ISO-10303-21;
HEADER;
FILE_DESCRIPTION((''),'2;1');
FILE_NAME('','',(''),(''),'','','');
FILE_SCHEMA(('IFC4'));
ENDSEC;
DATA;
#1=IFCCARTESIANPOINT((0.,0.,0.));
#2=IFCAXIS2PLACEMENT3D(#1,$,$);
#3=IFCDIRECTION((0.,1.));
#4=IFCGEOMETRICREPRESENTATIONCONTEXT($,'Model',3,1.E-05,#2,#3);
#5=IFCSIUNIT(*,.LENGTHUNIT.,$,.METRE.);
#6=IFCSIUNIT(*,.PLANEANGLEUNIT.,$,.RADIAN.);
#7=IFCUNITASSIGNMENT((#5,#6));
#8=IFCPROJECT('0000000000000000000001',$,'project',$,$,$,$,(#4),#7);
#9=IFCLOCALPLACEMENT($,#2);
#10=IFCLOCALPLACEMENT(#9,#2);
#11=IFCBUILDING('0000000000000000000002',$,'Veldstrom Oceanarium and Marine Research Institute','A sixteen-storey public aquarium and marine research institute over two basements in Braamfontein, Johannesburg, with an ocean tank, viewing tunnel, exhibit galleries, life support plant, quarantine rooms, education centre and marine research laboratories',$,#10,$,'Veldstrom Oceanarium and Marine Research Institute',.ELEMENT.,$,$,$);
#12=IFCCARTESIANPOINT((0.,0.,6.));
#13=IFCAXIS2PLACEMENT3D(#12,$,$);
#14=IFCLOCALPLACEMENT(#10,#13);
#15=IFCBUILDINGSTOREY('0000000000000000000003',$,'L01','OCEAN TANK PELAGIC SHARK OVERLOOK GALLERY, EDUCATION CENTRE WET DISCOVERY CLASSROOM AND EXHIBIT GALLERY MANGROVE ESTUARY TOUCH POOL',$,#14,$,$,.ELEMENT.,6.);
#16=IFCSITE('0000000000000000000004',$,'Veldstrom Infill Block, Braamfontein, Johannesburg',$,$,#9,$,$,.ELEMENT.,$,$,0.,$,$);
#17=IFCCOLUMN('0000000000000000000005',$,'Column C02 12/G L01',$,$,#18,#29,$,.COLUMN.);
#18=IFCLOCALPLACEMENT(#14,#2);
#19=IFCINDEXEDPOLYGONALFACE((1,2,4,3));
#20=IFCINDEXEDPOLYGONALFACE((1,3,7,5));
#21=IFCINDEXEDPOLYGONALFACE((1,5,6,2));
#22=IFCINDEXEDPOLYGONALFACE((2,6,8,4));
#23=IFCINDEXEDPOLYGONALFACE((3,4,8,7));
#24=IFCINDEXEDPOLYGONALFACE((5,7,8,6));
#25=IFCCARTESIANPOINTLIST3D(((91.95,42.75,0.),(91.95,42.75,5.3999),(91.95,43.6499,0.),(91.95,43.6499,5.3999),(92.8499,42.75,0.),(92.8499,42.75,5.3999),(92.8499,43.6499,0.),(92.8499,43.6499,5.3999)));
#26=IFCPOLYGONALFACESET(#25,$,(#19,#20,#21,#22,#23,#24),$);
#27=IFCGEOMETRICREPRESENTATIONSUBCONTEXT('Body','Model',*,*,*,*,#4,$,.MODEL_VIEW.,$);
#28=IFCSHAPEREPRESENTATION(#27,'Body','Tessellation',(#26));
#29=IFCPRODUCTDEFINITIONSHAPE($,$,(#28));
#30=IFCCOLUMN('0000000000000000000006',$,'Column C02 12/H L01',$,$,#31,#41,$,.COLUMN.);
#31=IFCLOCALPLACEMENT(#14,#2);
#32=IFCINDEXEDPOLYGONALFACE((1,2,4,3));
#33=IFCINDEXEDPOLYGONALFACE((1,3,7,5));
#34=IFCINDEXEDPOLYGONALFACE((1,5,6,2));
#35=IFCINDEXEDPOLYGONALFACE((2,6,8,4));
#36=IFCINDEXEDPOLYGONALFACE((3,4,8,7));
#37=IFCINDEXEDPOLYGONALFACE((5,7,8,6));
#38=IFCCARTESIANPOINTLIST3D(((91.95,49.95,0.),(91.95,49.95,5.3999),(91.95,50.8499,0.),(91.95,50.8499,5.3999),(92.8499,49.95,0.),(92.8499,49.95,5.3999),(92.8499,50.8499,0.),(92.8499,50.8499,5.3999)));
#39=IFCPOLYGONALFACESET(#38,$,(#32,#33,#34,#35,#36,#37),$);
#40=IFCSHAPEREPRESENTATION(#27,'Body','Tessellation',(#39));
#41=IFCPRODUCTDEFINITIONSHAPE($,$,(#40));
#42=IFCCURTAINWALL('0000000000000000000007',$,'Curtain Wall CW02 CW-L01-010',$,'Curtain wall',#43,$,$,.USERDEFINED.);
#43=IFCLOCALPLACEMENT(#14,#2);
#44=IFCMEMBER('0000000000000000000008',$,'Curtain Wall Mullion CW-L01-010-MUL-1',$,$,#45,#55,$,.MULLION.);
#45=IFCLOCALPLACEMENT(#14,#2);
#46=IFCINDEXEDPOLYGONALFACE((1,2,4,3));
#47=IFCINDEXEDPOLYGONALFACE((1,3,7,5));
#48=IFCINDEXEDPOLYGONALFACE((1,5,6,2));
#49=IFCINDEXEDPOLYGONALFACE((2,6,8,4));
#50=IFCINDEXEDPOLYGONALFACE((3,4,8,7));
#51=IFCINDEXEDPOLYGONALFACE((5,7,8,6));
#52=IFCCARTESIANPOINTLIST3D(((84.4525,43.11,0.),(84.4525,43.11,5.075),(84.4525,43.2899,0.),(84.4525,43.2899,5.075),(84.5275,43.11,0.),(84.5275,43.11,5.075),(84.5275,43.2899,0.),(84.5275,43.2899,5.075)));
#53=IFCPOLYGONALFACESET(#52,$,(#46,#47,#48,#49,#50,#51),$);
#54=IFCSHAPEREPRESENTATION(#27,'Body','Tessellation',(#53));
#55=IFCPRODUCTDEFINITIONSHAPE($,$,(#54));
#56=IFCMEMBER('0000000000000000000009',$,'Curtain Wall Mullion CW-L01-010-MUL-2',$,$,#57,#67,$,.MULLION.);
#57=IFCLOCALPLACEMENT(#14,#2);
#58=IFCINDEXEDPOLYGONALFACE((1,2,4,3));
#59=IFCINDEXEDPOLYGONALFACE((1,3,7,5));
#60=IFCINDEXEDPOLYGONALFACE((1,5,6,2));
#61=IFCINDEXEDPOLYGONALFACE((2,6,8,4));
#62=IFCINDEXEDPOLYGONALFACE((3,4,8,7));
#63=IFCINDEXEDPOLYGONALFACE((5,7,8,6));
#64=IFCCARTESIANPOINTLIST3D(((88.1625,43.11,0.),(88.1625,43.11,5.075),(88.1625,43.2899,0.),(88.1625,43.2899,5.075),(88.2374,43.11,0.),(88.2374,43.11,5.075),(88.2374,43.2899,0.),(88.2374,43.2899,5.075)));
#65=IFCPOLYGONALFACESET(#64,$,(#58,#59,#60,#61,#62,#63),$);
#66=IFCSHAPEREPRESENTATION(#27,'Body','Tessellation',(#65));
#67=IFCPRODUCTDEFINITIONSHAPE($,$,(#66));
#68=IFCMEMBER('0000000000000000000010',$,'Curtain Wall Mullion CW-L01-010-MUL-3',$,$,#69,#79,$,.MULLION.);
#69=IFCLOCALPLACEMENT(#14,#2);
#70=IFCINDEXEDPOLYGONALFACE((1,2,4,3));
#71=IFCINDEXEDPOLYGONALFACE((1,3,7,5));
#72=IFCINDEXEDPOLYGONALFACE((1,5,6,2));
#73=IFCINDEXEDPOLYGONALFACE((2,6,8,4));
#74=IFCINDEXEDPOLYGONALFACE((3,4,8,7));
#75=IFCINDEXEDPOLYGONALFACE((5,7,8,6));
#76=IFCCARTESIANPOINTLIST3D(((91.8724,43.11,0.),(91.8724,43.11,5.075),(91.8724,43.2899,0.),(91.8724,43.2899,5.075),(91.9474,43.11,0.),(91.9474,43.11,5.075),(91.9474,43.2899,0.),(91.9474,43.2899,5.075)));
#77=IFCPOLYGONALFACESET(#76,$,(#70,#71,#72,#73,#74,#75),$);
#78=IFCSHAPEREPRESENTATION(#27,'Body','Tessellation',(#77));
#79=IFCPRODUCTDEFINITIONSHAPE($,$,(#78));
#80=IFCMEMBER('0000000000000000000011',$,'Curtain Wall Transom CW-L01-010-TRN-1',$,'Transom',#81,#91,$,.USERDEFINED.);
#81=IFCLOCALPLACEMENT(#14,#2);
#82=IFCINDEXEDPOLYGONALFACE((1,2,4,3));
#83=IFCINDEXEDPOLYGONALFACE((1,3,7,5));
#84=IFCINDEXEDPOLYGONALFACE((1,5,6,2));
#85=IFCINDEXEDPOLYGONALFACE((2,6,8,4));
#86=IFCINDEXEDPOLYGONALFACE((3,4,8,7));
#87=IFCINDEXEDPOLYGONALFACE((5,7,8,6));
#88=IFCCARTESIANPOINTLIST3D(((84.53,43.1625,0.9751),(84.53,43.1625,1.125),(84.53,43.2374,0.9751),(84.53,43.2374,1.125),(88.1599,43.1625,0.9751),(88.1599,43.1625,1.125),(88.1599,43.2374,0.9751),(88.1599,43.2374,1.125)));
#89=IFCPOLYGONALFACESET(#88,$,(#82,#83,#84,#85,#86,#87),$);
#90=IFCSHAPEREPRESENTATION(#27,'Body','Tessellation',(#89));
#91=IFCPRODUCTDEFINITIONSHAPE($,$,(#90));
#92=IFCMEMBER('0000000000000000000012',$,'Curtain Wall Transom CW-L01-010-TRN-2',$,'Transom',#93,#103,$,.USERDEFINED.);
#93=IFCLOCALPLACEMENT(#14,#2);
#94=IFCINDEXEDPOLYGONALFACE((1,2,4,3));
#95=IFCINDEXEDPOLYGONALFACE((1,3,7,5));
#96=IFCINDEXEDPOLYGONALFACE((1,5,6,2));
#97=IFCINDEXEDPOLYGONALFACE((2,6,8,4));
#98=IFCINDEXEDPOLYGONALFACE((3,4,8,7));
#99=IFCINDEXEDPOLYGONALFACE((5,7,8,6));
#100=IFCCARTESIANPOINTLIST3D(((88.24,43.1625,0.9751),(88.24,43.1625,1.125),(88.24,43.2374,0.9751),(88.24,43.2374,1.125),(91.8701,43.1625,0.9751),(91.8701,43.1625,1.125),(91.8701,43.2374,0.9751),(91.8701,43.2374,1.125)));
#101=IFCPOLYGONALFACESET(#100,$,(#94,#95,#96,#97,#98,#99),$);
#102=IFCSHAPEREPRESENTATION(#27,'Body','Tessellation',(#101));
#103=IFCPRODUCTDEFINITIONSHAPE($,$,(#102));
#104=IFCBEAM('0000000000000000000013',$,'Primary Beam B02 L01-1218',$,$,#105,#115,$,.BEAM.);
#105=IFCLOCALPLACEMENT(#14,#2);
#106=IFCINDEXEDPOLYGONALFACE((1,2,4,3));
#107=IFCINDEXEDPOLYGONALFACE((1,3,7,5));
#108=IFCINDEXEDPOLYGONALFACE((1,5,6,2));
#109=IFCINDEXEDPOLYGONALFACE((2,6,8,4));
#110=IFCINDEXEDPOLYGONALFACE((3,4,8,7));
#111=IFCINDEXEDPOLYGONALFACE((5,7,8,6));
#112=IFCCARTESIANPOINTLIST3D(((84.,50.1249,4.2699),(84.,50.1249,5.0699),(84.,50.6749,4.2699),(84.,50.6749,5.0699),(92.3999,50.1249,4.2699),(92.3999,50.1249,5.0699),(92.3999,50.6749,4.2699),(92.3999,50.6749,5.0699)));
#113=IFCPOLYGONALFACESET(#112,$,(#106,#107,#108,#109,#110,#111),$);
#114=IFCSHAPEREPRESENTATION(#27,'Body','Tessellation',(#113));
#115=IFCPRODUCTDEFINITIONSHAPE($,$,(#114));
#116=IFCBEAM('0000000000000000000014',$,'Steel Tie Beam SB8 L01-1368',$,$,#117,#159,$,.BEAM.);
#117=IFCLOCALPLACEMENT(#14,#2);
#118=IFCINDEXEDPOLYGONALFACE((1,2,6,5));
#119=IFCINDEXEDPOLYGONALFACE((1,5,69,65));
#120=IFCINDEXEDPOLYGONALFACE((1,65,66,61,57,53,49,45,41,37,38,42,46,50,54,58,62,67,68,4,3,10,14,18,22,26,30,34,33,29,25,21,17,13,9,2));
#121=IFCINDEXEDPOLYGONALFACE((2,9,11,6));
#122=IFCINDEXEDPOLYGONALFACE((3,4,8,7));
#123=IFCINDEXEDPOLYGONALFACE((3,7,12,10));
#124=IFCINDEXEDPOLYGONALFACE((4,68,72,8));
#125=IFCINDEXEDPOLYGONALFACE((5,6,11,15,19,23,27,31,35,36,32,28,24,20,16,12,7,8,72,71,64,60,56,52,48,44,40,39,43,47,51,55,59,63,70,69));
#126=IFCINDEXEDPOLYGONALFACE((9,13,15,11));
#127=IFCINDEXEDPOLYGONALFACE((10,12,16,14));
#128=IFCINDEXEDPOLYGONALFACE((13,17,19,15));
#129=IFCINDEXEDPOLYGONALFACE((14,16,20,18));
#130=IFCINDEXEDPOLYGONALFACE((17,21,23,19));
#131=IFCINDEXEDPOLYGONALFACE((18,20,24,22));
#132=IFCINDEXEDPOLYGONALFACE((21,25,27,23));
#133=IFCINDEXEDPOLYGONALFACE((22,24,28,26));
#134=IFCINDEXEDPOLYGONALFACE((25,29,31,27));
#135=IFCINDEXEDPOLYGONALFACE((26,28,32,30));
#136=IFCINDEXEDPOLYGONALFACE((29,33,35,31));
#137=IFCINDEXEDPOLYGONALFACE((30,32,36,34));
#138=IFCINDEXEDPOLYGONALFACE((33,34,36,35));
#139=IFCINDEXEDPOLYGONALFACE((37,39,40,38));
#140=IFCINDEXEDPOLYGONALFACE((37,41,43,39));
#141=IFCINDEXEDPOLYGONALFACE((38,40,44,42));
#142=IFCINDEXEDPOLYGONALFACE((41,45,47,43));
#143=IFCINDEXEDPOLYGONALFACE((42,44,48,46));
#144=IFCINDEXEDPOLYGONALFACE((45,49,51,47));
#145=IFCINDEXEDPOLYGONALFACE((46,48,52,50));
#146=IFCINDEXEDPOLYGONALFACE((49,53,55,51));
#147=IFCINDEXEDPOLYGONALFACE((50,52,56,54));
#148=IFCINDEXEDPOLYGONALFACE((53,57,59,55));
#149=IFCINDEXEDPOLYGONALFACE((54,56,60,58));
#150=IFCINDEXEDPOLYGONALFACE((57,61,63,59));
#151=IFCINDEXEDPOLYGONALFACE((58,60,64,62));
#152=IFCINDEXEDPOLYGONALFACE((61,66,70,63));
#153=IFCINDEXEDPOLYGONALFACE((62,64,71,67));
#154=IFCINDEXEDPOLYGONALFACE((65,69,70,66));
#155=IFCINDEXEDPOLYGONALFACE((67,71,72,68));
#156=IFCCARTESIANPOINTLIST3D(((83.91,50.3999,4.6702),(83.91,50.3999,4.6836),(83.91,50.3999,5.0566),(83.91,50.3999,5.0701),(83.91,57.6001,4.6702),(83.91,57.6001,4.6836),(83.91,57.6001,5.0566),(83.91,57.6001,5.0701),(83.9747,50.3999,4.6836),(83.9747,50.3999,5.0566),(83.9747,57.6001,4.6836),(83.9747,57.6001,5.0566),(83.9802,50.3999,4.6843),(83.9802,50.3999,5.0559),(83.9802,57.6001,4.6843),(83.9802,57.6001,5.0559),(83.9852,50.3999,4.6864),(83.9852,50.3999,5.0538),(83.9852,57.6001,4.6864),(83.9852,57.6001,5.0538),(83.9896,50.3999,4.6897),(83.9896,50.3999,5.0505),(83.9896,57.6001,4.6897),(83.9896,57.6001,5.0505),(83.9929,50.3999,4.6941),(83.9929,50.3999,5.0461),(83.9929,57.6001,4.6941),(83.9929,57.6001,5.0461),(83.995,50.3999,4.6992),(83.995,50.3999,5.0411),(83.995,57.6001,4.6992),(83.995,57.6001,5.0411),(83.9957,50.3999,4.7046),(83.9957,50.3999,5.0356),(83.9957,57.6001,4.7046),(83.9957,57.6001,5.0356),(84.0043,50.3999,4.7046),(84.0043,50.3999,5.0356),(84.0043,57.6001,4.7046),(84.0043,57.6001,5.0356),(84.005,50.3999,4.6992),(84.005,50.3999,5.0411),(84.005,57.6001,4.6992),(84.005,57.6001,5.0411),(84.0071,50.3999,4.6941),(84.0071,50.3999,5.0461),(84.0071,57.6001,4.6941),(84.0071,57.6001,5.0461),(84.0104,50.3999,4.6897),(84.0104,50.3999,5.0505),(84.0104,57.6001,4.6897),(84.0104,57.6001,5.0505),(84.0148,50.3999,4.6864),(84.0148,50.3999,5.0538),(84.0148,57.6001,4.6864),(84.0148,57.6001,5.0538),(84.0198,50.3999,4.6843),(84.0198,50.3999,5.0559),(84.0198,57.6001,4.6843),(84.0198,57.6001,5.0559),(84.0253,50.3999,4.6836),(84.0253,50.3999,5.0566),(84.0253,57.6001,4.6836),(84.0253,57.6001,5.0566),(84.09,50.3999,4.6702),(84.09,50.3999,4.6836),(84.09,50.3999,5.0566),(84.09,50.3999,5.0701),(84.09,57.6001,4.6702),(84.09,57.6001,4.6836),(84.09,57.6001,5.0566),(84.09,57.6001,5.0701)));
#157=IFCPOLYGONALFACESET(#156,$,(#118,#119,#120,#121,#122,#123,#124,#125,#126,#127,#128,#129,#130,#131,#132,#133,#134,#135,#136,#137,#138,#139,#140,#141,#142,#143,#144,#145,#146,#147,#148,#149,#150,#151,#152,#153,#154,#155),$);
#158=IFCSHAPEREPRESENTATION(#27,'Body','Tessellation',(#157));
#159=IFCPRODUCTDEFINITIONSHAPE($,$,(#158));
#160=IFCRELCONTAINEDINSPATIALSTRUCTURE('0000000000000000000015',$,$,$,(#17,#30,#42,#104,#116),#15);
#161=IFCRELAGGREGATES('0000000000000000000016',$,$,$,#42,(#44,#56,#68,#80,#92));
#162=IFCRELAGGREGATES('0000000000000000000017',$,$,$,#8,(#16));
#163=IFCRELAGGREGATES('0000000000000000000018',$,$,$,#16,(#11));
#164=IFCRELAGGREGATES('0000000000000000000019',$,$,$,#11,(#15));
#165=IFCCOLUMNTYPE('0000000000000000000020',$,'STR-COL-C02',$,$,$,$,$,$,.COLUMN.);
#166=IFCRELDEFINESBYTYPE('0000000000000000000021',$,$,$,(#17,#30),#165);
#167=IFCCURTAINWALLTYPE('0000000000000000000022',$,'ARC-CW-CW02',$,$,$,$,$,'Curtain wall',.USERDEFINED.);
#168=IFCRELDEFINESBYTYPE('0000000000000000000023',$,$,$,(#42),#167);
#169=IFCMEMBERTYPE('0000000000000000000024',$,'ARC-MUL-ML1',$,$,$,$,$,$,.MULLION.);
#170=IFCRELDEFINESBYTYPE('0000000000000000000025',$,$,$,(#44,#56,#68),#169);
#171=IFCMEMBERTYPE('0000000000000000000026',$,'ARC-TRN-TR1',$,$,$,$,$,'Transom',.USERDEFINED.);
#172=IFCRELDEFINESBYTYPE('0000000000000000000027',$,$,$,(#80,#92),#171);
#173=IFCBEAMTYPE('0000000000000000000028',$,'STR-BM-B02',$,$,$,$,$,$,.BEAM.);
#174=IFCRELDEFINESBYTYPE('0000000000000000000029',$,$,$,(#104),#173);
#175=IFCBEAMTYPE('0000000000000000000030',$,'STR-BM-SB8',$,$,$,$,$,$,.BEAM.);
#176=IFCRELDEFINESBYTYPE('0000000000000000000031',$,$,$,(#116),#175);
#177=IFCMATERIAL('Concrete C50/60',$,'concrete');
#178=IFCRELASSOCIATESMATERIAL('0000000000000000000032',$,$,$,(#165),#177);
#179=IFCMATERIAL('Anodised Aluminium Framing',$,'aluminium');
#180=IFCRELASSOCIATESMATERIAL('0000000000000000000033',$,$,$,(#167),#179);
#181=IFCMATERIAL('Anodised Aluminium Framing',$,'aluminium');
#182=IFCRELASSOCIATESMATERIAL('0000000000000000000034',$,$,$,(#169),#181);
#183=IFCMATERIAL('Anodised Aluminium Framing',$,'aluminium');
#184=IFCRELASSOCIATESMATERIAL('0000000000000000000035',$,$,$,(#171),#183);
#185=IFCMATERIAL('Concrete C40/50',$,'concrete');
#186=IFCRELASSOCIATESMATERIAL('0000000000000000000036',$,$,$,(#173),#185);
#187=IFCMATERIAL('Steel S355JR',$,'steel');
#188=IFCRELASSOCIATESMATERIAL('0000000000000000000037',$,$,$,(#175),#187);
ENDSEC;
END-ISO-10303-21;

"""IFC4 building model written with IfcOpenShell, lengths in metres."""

from ifc_helpers import new_model, si_unit, direction, frame, origin, origin_2d, place, context, subcontext, project, spatial, rectangle, i_section, extrude, material, material_profile, profile_set, type_object, element, aggregate, save


model = new_model("IFC4")

# Units and contexts
model_context = context("Model", 3, precision=1e-05, world=origin(), true_north=direction((0.0, 1.0)))
body_context = subcontext(model_context, "Body", "Model", "MODEL_VIEW")
ifc_project = project(units=[si_unit("LENGTHUNIT", "METRE"), si_unit("PLANEANGLEUNIT", "RADIAN")], contexts=[model_context])

# Site, building, storey
site_placement = place(None, origin())
site = spatial("IfcSite", under=ifc_project, at=site_placement, Name="Veldstrom Infill Block, Braamfontein, Johannesburg", CompositionType="ELEMENT", RefElevation=0.0)
building_placement = place(site_placement, origin())
building = spatial("IfcBuilding", under=site, at=building_placement, Name="Veldstrom Oceanarium and Marine Research Institute", Description="A sixteen-storey public aquarium and marine research institute over two basements in Braamfontein, Johannesburg, with an ocean tank, viewing tunnel, exhibit galleries, life support plant, quarantine rooms, education centre and marine research laboratories", LongName="Veldstrom Oceanarium and Marine Research Institute", CompositionType="ELEMENT")
storey_placement = place(building_placement, frame((0.0, 0.0, 6.0)))
storey = spatial("IfcBuildingStorey", under=building, at=storey_placement, Name="L01", Description="OCEAN TANK PELAGIC SHARK OVERLOOK GALLERY, EDUCATION CENTRE WET DISCOVERY CLASSROOM AND EXHIBIT GALLERY MANGROVE ESTUARY TOUCH POOL", CompositionType="ELEMENT", Elevation=6.0)

# Columns
ifc_material_1 = material(Name="Concrete C50/60", Category="concrete")
ifc_material_profile_1 = material_profile(ifc_material_1, rectangle(XDim=0.8999, YDim=0.8999, at=origin_2d()), Name="RC-COL-900x900")
ifc_profile_set_1 = profile_set([ifc_material_profile_1], Name="Concrete C50/60")
column_type = type_object("IfcColumnType", Name="STR-COL-C02", PredefinedType="COLUMN", material=ifc_profile_set_1)
for number, where, z_axis, x_axis, name in (
    (1, (92.3999, 43.2, 0.0), (0.0, 0.0, 1.0), (1.0, 0.0, 0.0), "Column C02 12/G L01"),
    (2, (92.3999, 50.3999, 0.0), (0.0, 0.0, 1.0), (1.0, 0.0, 0.0), "Column C02 12/H L01"),
):
    element("IfcColumn", number, at=place(storey_placement, frame(where, z_axis=z_axis, x_axis=x_axis)), inside=storey, type_object=column_type, Name=name, PredefinedType="COLUMN", context=body_context, shape_type="SweptSolid", body=[
        extrude(rectangle(XDim=0.8999, YDim=0.8999, at=origin_2d()), origin(), (0.0, 0.0, 1.0), 5.3999),
    ])

# Curtain wall, members
ifc_material_2 = material(Name="Anodised Aluminium Framing", Category="aluminium")
curtain_wall_type = type_object("IfcCurtainWallType", Name="ARC-CW-CW02", ElementType="Curtain wall", PredefinedType="USERDEFINED", material=ifc_material_2)
curtain_wall_placement = place(storey_placement, origin())
curtain_wall = element("IfcCurtainWall", 3, at=curtain_wall_placement, inside=storey, type_object=curtain_wall_type, Name="Curtain Wall CW02 CW-L01-010", ObjectType="Curtain wall", PredefinedType="USERDEFINED")
ifc_material_3 = material(Name="Anodised Aluminium Framing", Category="aluminium")
ifc_material_profile_2 = material_profile(ifc_material_3, rectangle(XDim=0.075, YDim=0.1799, at=origin_2d()), Name="ALU-MUL-75x180")
ifc_profile_set_2 = profile_set([ifc_material_profile_2], Name="Anodised Aluminium Framing")
member_type_1 = type_object("IfcMemberType", Name="ARC-MUL-ML1", PredefinedType="MULLION", material=ifc_profile_set_2)
member_1_placement = place(storey_placement, frame((84.49, 43.2, 0.0), z_axis=(0.0, 0.0, 1.0), x_axis=(1.0, 0.0, 0.0)))
member_1 = element("IfcMember", 4, at=member_1_placement, type_object=member_type_1, Name="Curtain Wall Mullion CW-L01-010-MUL-1", PredefinedType="MULLION", context=body_context, shape_type="SweptSolid", body=[
    extrude(rectangle(XDim=0.075, YDim=0.1799, at=origin_2d()), origin(), (0.0, 0.0, 1.0), 5.075),
])
member_2_placement = place(storey_placement, frame((88.2, 43.2, 0.0), z_axis=(0.0, 0.0, 1.0), x_axis=(1.0, 0.0, 0.0)))
member_2 = element("IfcMember", 5, at=member_2_placement, type_object=member_type_1, Name="Curtain Wall Mullion CW-L01-010-MUL-2", PredefinedType="MULLION", context=body_context, shape_type="SweptSolid", body=[
    extrude(rectangle(XDim=0.075, YDim=0.1799, at=origin_2d()), origin(), (0.0, 0.0, 1.0), 5.075),
])
member_3_placement = place(storey_placement, frame((91.9099, 43.2, 0.0), z_axis=(0.0, 0.0, 1.0), x_axis=(1.0, 0.0, 0.0)))
member_3 = element("IfcMember", 6, at=member_3_placement, type_object=member_type_1, Name="Curtain Wall Mullion CW-L01-010-MUL-3", PredefinedType="MULLION", context=body_context, shape_type="SweptSolid", body=[
    extrude(rectangle(XDim=0.075, YDim=0.1799, at=origin_2d()), origin(), (0.0, 0.0, 1.0), 5.075),
])
ifc_material_4 = material(Name="Anodised Aluminium Framing", Category="aluminium")
ifc_material_profile_3 = material_profile(ifc_material_4, rectangle(XDim=0.075, YDim=0.1499, at=origin_2d()), Name="ALU-TRN-75x150")
ifc_profile_set_3 = profile_set([ifc_material_profile_3], Name="Anodised Aluminium Framing")
member_type_2 = type_object("IfcMemberType", Name="ARC-TRN-TR1", ElementType="Transom", PredefinedType="USERDEFINED", material=ifc_profile_set_3)
member_4_placement = place(storey_placement, frame((84.53, 43.2, 1.05), z_axis=(1.0, 0.0, 0.0), x_axis=(0.0, 1.0, 0.0)))
member_4 = element("IfcMember", 7, at=member_4_placement, type_object=member_type_2, Name="Curtain Wall Transom CW-L01-010-TRN-1", ObjectType="Transom", PredefinedType="USERDEFINED", context=body_context, shape_type="SweptSolid", body=[
    extrude(rectangle(XDim=0.075, YDim=0.1499, at=origin_2d()), origin(), (0.0, 0.0, 1.0), 3.6299),
])
member_5_placement = place(storey_placement, frame((88.24, 43.2, 1.05), z_axis=(1.0, 0.0, 0.0), x_axis=(0.0, 1.0, 0.0)))
member_5 = element("IfcMember", 8, at=member_5_placement, type_object=member_type_2, Name="Curtain Wall Transom CW-L01-010-TRN-2", ObjectType="Transom", PredefinedType="USERDEFINED", context=body_context, shape_type="SweptSolid", body=[
    extrude(rectangle(XDim=0.075, YDim=0.1499, at=origin_2d()), origin(), (0.0, 0.0, 1.0), 3.6301),
])

# Beams
ifc_material_5 = material(Name="Concrete C40/50", Category="concrete")
ifc_material_profile_4 = material_profile(ifc_material_5, rectangle(XDim=0.55, YDim=0.8, at=origin_2d()), Name="RC-BM-550x800")
ifc_profile_set_4 = profile_set([ifc_material_profile_4], Name="Concrete C40/50")
beam_type_1 = type_object("IfcBeamType", Name="STR-BM-B02", PredefinedType="BEAM", material=ifc_profile_set_4)
beam_1_placement = place(storey_placement, frame((84.0, 50.3999, 4.6699), z_axis=(1.0, 0.0, 0.0), x_axis=(0.0, 1.0, 0.0)))
element("IfcBeam", 9, at=beam_1_placement, inside=storey, type_object=beam_type_1, Name="Primary Beam B02 L01-1218", PredefinedType="BEAM", context=body_context, shape_type="SweptSolid", body=[
    extrude(rectangle(XDim=0.55, YDim=0.8, at=origin_2d()), origin(), (0.0, 0.0, 1.0), 8.3999),
])
ifc_material_6 = material(Name="Steel S355JR", Category="steel")
ifc_material_profile_5 = material_profile(ifc_material_6, i_section(OverallWidth=0.1799, OverallDepth=0.3999, WebThickness=0.0085, FlangeThickness=0.0134, FilletRadius=0.021, at=origin_2d()), Name="IPE 400")
ifc_profile_set_5 = profile_set([ifc_material_profile_5], Name="Steel S355JR")
beam_type_2 = type_object("IfcBeamType", Name="STR-BM-SB8", PredefinedType="BEAM", material=ifc_profile_set_5)
beam_2_placement = place(storey_placement, frame((84.0, 50.3999, 4.8701), z_axis=(0.0, 1.0, 0.0), x_axis=(-1.0, 0.0, 0.0)))
element("IfcBeam", 10, at=beam_2_placement, inside=storey, type_object=beam_type_2, Name="Steel Tie Beam SB8 L01-1368", PredefinedType="BEAM", context=body_context, shape_type="SweptSolid", body=[
    extrude(i_section(OverallWidth=0.1799, OverallDepth=0.3999, WebThickness=0.0085, FlangeThickness=0.0134, FilletRadius=0.021, at=origin_2d()), origin(), (0.0, 0.0, 1.0), 7.2002),
])

aggregate(curtain_wall, [member_1, member_2, member_3, member_4, member_5])

save(model, "model.ifc")
